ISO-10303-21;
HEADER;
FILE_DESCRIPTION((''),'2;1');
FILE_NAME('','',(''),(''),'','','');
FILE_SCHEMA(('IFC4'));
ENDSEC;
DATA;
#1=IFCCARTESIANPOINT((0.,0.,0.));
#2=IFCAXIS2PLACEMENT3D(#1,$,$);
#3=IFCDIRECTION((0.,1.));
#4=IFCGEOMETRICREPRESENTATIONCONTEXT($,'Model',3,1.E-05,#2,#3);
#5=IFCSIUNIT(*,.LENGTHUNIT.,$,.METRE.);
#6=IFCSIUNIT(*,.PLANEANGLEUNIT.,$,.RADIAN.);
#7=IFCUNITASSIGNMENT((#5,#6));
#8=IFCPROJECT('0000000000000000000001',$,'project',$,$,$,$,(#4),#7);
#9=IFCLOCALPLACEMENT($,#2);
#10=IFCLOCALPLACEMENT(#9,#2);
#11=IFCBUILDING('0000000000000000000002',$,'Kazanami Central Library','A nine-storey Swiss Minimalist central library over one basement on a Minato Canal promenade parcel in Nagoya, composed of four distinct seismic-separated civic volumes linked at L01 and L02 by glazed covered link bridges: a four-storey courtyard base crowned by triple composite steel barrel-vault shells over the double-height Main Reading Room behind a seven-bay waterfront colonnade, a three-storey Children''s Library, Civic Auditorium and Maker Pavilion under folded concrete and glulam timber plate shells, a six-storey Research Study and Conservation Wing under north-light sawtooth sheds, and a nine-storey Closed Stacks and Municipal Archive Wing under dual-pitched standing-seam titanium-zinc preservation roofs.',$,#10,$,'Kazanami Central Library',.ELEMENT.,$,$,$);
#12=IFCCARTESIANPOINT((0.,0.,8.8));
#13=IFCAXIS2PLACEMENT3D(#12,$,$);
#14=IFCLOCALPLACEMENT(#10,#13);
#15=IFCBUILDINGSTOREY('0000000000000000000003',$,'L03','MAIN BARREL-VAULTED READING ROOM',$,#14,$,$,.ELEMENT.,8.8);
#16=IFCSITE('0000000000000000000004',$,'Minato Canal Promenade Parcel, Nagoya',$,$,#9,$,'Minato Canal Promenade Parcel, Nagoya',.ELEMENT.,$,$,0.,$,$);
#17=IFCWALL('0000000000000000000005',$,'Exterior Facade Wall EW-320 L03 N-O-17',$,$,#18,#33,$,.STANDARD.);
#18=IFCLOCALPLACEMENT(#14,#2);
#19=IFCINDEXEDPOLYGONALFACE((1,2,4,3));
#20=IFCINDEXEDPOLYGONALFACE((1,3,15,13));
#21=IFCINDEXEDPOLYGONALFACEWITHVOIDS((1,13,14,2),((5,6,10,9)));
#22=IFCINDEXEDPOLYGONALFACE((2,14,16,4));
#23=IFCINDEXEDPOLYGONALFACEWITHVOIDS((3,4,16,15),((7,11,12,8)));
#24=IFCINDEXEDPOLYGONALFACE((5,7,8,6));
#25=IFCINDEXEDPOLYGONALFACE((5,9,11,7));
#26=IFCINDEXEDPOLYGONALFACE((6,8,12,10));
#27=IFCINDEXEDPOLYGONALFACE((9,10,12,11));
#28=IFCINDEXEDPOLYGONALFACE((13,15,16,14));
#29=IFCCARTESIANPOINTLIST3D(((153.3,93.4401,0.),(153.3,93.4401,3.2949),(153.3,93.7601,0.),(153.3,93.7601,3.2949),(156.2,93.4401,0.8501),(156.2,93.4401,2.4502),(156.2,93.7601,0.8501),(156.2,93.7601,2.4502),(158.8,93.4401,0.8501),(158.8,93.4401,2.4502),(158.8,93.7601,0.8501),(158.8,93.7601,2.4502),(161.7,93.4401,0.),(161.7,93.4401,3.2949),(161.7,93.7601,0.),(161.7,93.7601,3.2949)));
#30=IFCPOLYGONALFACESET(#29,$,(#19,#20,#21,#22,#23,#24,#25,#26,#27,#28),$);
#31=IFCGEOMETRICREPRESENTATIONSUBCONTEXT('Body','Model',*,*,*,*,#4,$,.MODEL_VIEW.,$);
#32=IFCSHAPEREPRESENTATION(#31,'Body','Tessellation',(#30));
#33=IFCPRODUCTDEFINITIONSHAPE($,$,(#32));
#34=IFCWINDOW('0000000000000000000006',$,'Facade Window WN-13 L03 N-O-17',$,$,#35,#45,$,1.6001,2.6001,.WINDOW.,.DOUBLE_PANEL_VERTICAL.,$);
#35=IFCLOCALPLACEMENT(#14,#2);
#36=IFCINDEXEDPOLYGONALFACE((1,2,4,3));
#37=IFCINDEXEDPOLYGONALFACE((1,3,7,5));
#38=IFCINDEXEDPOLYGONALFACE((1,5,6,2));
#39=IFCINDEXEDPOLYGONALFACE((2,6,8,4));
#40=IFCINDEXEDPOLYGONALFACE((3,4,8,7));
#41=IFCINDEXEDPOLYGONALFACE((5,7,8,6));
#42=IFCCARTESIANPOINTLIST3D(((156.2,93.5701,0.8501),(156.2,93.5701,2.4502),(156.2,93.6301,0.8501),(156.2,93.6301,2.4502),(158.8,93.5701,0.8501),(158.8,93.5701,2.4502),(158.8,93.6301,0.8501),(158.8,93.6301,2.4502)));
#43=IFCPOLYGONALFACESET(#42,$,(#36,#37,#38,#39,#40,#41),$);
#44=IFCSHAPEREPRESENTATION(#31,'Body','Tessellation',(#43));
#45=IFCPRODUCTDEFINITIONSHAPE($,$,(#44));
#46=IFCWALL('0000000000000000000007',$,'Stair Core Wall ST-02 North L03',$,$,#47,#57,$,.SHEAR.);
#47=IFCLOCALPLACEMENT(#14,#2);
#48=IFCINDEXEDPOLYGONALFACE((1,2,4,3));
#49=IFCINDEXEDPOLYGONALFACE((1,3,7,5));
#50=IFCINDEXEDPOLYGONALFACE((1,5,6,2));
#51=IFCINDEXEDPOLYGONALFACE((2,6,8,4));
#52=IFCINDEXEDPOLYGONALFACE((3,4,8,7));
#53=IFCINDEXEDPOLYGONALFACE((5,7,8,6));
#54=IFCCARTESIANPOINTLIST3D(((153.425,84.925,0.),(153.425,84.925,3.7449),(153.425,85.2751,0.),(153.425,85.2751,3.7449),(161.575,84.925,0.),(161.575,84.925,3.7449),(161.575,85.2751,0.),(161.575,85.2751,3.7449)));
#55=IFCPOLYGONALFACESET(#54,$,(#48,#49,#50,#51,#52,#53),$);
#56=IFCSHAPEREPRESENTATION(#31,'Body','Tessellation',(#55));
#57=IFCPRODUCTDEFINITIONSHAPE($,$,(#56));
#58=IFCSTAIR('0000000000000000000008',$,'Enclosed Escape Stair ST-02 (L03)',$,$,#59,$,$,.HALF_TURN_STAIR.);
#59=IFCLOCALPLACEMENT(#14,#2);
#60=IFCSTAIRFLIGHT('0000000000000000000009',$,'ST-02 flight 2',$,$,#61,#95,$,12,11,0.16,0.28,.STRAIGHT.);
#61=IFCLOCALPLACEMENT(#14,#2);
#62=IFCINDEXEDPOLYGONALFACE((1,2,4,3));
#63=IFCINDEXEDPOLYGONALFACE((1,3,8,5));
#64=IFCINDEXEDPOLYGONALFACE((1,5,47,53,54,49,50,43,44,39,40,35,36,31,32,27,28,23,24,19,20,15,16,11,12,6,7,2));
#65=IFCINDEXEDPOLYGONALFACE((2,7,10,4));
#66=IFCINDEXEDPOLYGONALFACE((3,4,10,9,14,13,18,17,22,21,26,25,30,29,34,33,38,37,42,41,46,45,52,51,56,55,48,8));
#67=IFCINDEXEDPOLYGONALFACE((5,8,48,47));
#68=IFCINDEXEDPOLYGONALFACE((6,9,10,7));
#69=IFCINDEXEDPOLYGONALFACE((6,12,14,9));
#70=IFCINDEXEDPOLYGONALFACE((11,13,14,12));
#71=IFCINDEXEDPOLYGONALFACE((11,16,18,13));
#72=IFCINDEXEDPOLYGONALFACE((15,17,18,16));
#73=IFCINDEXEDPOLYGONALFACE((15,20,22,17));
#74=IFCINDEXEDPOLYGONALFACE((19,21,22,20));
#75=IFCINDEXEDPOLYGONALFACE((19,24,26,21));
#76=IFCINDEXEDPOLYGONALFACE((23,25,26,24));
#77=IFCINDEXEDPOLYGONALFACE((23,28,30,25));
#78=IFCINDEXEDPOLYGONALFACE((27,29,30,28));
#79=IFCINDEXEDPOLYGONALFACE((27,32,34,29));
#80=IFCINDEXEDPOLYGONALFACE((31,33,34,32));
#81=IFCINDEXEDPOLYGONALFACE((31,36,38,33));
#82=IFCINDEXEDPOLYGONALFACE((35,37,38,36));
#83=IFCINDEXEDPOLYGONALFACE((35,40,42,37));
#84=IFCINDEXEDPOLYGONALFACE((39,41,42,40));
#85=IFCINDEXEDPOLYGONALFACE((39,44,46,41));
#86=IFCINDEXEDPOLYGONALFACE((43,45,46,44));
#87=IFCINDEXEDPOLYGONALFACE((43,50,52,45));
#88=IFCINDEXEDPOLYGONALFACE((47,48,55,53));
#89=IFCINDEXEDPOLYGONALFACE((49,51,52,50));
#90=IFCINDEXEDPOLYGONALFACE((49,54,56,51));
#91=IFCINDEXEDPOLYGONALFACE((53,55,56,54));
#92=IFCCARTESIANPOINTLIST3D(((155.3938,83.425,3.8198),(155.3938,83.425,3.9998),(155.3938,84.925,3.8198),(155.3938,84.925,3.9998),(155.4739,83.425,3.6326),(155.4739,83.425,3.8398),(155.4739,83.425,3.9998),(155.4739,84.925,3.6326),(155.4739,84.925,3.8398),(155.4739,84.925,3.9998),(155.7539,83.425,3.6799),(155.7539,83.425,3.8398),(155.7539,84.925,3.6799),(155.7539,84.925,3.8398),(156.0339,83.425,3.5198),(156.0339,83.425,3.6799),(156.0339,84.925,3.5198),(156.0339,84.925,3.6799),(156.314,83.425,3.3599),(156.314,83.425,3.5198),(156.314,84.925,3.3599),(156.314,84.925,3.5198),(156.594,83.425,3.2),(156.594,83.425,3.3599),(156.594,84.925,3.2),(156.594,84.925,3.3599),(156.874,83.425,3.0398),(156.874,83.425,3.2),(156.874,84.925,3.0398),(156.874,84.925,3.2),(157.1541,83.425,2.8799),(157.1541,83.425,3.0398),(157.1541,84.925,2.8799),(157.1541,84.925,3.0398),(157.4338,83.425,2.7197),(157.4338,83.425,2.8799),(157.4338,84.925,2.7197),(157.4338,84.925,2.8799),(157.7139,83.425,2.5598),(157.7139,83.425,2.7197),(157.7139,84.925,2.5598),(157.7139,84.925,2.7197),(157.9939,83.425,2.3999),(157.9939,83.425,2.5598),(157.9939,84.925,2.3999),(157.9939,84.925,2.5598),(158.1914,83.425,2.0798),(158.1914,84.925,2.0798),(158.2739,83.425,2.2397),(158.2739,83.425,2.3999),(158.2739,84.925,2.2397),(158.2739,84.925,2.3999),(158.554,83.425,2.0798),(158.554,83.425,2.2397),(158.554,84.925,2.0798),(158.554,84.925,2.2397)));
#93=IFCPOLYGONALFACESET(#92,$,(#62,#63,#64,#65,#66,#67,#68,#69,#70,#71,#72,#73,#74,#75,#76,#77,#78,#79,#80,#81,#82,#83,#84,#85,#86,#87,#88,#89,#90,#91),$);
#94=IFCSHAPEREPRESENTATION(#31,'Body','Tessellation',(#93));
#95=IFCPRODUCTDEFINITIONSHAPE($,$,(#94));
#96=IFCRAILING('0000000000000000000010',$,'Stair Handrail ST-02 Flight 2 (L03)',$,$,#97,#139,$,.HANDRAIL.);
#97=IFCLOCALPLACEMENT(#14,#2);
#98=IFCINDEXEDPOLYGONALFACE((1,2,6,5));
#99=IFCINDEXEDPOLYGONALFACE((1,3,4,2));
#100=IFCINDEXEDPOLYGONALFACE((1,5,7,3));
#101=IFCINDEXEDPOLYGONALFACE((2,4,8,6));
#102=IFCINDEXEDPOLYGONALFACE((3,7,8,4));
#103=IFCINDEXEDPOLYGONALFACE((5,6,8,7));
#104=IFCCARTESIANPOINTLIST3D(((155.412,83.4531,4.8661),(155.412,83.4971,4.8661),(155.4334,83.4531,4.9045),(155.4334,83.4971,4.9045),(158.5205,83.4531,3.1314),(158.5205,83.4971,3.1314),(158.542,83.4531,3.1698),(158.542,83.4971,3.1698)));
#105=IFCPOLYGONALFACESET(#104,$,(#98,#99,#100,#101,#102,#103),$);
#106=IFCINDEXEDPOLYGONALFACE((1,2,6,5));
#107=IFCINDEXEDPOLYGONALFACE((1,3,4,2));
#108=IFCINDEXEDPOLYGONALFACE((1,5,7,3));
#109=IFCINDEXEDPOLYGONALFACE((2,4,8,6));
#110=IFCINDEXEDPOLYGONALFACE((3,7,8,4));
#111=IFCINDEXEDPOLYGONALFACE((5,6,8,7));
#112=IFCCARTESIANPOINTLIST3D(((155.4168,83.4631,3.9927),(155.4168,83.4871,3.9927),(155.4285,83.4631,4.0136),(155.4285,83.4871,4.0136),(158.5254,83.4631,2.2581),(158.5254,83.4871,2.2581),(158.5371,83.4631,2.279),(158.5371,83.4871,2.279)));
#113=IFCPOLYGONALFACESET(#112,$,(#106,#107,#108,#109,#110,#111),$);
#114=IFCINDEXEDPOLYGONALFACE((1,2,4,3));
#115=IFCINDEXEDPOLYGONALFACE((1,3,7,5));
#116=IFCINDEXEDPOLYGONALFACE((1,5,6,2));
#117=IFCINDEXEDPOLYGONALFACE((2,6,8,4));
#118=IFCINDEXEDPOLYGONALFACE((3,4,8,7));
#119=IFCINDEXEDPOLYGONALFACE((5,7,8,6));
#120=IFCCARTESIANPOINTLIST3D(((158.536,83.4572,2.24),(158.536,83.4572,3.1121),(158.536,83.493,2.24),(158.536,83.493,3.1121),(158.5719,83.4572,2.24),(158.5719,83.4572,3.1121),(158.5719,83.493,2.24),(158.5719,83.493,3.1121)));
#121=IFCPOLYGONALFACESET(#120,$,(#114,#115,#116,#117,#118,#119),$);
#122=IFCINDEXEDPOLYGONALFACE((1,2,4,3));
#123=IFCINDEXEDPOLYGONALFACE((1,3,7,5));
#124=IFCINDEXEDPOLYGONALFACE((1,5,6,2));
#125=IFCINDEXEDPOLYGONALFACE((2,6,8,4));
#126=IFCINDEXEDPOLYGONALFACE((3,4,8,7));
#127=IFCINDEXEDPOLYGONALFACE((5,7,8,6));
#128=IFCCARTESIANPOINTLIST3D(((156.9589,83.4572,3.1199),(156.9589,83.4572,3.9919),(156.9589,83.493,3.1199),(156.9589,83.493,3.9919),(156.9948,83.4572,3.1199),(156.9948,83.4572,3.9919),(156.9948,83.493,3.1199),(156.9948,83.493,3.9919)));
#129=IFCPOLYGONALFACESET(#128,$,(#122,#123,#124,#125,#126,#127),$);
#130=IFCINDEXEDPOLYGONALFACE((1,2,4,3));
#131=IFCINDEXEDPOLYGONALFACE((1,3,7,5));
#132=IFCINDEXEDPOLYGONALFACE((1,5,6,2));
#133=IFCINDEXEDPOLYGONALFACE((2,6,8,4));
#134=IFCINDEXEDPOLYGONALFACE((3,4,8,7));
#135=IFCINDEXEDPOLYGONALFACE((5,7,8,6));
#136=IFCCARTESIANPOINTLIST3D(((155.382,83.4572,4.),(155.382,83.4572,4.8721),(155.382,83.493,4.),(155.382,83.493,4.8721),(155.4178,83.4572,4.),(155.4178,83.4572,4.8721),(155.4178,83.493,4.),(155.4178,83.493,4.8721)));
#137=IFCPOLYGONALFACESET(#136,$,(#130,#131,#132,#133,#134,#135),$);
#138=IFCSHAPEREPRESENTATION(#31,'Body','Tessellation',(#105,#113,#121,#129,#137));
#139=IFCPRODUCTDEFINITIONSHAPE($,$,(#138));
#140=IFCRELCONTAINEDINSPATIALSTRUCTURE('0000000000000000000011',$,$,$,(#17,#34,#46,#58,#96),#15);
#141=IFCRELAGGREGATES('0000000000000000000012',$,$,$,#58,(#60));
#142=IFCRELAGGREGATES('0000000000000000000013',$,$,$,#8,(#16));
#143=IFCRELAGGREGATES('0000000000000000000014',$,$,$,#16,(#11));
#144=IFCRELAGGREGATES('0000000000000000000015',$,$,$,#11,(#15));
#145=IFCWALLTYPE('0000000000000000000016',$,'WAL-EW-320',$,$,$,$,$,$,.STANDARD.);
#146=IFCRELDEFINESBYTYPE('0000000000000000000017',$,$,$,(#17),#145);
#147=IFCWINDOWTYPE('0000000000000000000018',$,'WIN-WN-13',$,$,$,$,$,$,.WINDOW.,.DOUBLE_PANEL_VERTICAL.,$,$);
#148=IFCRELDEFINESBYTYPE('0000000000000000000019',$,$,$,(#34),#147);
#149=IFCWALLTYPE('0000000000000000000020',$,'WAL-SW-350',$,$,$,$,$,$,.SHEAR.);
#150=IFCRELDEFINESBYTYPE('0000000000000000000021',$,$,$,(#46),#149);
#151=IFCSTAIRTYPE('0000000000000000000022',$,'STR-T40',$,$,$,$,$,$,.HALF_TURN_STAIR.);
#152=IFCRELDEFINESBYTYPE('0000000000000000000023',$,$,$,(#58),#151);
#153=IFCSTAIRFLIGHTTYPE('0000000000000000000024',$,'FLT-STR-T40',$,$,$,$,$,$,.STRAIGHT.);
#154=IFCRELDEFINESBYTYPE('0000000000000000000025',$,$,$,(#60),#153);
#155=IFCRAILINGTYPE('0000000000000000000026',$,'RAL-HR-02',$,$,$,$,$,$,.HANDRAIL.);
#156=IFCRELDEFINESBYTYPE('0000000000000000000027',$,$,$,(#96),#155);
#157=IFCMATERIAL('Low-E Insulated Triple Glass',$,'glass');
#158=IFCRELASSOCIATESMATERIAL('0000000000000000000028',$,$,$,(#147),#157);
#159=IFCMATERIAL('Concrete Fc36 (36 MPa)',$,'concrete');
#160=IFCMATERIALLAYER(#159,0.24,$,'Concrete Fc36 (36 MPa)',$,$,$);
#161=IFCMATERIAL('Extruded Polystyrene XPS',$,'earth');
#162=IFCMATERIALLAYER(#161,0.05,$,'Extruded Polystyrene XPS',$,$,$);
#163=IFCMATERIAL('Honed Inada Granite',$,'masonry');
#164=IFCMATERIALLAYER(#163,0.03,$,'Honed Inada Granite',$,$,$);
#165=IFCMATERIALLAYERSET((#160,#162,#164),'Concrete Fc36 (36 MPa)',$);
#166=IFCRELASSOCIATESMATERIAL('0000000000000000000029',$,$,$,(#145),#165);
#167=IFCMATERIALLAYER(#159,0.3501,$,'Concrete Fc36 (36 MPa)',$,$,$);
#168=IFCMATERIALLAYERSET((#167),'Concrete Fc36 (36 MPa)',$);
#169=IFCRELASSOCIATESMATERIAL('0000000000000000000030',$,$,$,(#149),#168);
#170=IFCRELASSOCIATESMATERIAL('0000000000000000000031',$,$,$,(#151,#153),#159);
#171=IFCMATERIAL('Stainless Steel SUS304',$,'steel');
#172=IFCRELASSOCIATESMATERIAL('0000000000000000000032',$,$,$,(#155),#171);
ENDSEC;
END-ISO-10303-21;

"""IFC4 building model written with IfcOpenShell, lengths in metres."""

from ifc_helpers import new_model, si_unit, direction, frame, frame_2d, origin, origin_2d, place, context, subcontext, project, spatial, polyline, rectangle, outline, extrude, material, layer, layer_set, type_object, element, fill, aggregate, save


model = new_model("IFC4")

# Units and contexts
model_context = context("Model", 3, precision=1e-05, world=origin(), true_north=direction((0.0, 1.0)))
body_context = subcontext(model_context, "Body", "Model", "MODEL_VIEW")
ifc_project = project(units=[si_unit("LENGTHUNIT", "METRE"), si_unit("PLANEANGLEUNIT", "RADIAN")], contexts=[model_context])

# Site, building, storey
site_placement = place(None, origin())
site = spatial("IfcSite", under=ifc_project, at=site_placement, Name="Minato Canal Promenade Parcel, Nagoya", LongName="Minato Canal Promenade Parcel, Nagoya", CompositionType="ELEMENT", RefElevation=0.0)
building_placement = place(site_placement, origin())
building = spatial("IfcBuilding", under=site, at=building_placement, Name="Kazanami Central Library", Description="A nine-storey Swiss Minimalist central library over one basement on a Minato Canal promenade parcel in Nagoya, composed of four distinct seismic-separated civic volumes linked at L01 and L02 by glazed covered link bridges: a four-storey courtyard base crowned by triple composite steel barrel-vault shells over the double-height Main Reading Room behind a seven-bay waterfront colonnade, a three-storey Children's Library, Civic Auditorium and Maker Pavilion under folded concrete and glulam timber plate shells, a six-storey Research Study and Conservation Wing under north-light sawtooth sheds, and a nine-storey Closed Stacks and Municipal Archive Wing under dual-pitched standing-seam titanium-zinc preservation roofs.", LongName="Kazanami Central Library", CompositionType="ELEMENT")
storey_placement = place(building_placement, frame((0.0, 0.0, 8.8)))
storey = spatial("IfcBuildingStorey", under=building, at=storey_placement, Name="L03", Description="MAIN BARREL-VAULTED READING ROOM", CompositionType="ELEMENT", Elevation=8.8)

# Shared definitions
ifc_material_1 = material(Name="Concrete Fc36 (36 MPa)", Category="concrete")
ifc_material_2 = material(Name="Extruded Polystyrene XPS", Category="earth")
ifc_material_3 = material(Name="Honed Inada Granite", Category="masonry")

# Wall, opening, window
ifc_material_4 = material(Name="Low-E Insulated Triple Glass", Category="glass")
window_type = type_object("IfcWindowType", Name="WIN-WN-13", PartitioningType="DOUBLE_PANEL_VERTICAL", PredefinedType="WINDOW", material=ifc_material_4)
ifc_layer_1 = layer(ifc_material_1, 0.24, Name="Concrete Fc36 (36 MPa)")
ifc_layer_2 = layer(ifc_material_2, 0.05, Name="Extruded Polystyrene XPS")
ifc_layer_3 = layer(ifc_material_3, 0.03, Name="Honed Inada Granite")
ifc_layer_set_1 = layer_set([ifc_layer_1, ifc_layer_2, ifc_layer_3], Name="Concrete Fc36 (36 MPa)")
wall_type_1 = type_object("IfcWallType", Name="WAL-EW-320", PredefinedType="STANDARD", material=ifc_layer_set_1)
wall_1_placement = place(storey_placement, frame((161.7, 93.6001, 0.0), z_axis=(0.0, 0.0, 1.0), x_axis=(-1.0, 0.0, 0.0)))
wall_1 = element("IfcWall", 1, at=wall_1_placement, inside=storey, type_object=wall_type_1, Name="Exterior Facade Wall EW-320 L03 N-O-17", PredefinedType="STANDARD", context=body_context, shape_type="SweptSolid", body=[
    extrude(rectangle(XDim=8.3999, YDim=0.3201, at=frame_2d((4.2, 0.0))), origin(), (0.0, 0.0, 1.0), 3.2949),
])
opening_1_placement = place(wall_1_placement, frame((2.8999, 0.0, 0.8501)))
opening_1 = element("IfcOpeningElement", 2, at=opening_1_placement, cuts=wall_1, PredefinedType="OPENING", context=body_context, shape_type="SweptSolid", body=[
    extrude(rectangle(XDim=2.6001, YDim=1.6001, at=frame_2d((1.3, 0.8))), frame((0.0, 0.1719, 0.0), z_axis=(0.0, -1.0, 0.0), x_axis=(1.0, 0.0, 0.0)), (0.0, 0.0, 1.0), 0.344),
])
window_1_placement = place(opening_1_placement, origin())
window_1 = element("IfcWindow", 3, at=window_1_placement, inside=storey, type_object=window_type, Name="Facade Window WN-13 L03 N-O-17", OverallHeight=1.6001, OverallWidth=2.6001, PartitioningType="DOUBLE_PANEL_VERTICAL", PredefinedType="WINDOW", context=body_context, shape_type="SweptSolid", body=[
    extrude(rectangle(XDim=2.6001, YDim=1.6001, at=frame_2d((1.3, 0.8))), frame((0.0, 0.03, 0.0), z_axis=(0.0, -1.0, 0.0), x_axis=(1.0, 0.0, 0.0)), (0.0, 0.0, 1.0), 0.0601),
])
fill(opening_1, window_1)

# Wall
ifc_layer_4 = layer(ifc_material_1, 0.3501, Name="Concrete Fc36 (36 MPa)")
ifc_layer_set_2 = layer_set([ifc_layer_4], Name="Concrete Fc36 (36 MPa)")
wall_type_2 = type_object("IfcWallType", Name="WAL-SW-350", PredefinedType="SHEAR", material=ifc_layer_set_2)
wall_2_placement = place(storey_placement, frame((153.425, 85.1001, 0.0), z_axis=(0.0, 0.0, 1.0), x_axis=(1.0, 0.0, 0.0)))
element("IfcWall", 4, at=wall_2_placement, inside=storey, type_object=wall_type_2, Name="Stair Core Wall ST-02 North L03", PredefinedType="SHEAR", context=body_context, shape_type="SweptSolid", body=[
    extrude(rectangle(XDim=8.1499, YDim=0.3501, at=frame_2d((4.075, 0.0))), origin(), (0.0, 0.0, 1.0), 3.7449),
])

# Stair, stair flight
stair_type = type_object("IfcStairType", Name="STR-T40", PredefinedType="HALF_TURN_STAIR", material=ifc_material_1)
stair_placement = place(storey_placement, origin())
stair = element("IfcStair", 5, at=stair_placement, inside=storey, type_object=stair_type, Name="Enclosed Escape Stair ST-02 (L03)", PredefinedType="HALF_TURN_STAIR")
stair_flight_type = type_object("IfcStairFlightType", Name="FLT-STR-T40", PredefinedType="STRAIGHT", material=ifc_material_1)
stair_flight_placement = place(storey_placement, frame((158.554, 84.175, 2.0798), z_axis=(0.0, 0.0, 1.0), x_axis=(-1.0, 0.0, 0.0)))
stair_flight = element("IfcStairFlight", 6, at=stair_flight_placement, type_object=stair_flight_type, Name="ST-02 flight 2", NumberOfRisers=12, NumberOfTreads=11, PredefinedType="STRAIGHT", RiserHeight=0.16, TreadLength=0.28, context=body_context, shape_type="SweptSolid", body=[
    extrude(outline(polyline([(0.0, 0.0), (0.0, 0.1599), (0.28, 0.1599), (0.28, 0.3201), (0.5601, 0.3201), (0.5601, 0.48), (0.8401, 0.48), (0.8401, 0.6399), (1.1201, 0.6399), (1.1201, 0.8), (1.3999, 0.8), (1.3999, 0.96), (1.6799, 0.96), (1.6799, 1.1201), (1.96, 1.1201), (1.96, 1.28), (2.24, 1.28), (2.24, 1.4399), (2.52, 1.4399), (2.52, 1.6001), (2.8, 1.6001), (2.8, 1.76), (3.0801, 1.76), (3.0801, 1.9199), (3.1602, 1.9199), (3.1602, 1.74), (3.0801, 1.5527), (0.3625, 0.0), (0.0, 0.0)])), frame((0.0, 0.75, 0.0), z_axis=(0.0, -1.0, 0.0), x_axis=(1.0, 0.0, 0.0)), (0.0, 0.0, 1.0), 1.5),
])
aggregate(stair, [stair_flight])

# Railing
ifc_material_5 = material(Name="Stainless Steel SUS304", Category="steel")
railing_type = type_object("IfcRailingType", Name="RAL-HR-02", PredefinedType="HANDRAIL", material=ifc_material_5)
railing_placement = place(storey_placement, frame((158.554, 83.4751, 2.24)))
element("IfcRailing", 7, at=railing_placement, inside=storey, type_object=railing_type, Name="Stair Handrail ST-02 Flight 2 (L03)", PredefinedType="HANDRAIL", context=body_context, shape_type="SweptSolid", body=[
    extrude(rectangle(XDim=0.0439, YDim=0.0439, at=origin_2d()), frame((-0.0227, 0.0, 0.9106), z_axis=(-0.873244, 0.0, 0.487283), x_axis=(0.0, -1.0, 0.0)), (0.0, 0.0, 1.0), 3.5598),
    extrude(rectangle(XDim=0.0239, YDim=0.0239, at=origin_2d()), frame((-0.0227, 0.0, 0.0286), z_axis=(-0.873244, 0.0, 0.487283), x_axis=(0.0, -1.0, 0.0)), (0.0, 0.0, 1.0), 3.5598),
    extrude(rectangle(XDim=0.0359, YDim=0.0359, at=origin_2d()), origin(), (0.0, 0.0, 1.0), 0.8721),
    extrude(rectangle(XDim=0.0359, YDim=0.0359, at=origin_2d()), frame((-1.5771, 0.0, 0.8799)), (0.0, 0.0, 1.0), 0.8721),
    extrude(rectangle(XDim=0.0359, YDim=0.0359, at=origin_2d()), frame((-3.1541, 0.0, 1.76)), (0.0, 0.0, 1.0), 0.8721),
])

save(model, "model.ifc")
